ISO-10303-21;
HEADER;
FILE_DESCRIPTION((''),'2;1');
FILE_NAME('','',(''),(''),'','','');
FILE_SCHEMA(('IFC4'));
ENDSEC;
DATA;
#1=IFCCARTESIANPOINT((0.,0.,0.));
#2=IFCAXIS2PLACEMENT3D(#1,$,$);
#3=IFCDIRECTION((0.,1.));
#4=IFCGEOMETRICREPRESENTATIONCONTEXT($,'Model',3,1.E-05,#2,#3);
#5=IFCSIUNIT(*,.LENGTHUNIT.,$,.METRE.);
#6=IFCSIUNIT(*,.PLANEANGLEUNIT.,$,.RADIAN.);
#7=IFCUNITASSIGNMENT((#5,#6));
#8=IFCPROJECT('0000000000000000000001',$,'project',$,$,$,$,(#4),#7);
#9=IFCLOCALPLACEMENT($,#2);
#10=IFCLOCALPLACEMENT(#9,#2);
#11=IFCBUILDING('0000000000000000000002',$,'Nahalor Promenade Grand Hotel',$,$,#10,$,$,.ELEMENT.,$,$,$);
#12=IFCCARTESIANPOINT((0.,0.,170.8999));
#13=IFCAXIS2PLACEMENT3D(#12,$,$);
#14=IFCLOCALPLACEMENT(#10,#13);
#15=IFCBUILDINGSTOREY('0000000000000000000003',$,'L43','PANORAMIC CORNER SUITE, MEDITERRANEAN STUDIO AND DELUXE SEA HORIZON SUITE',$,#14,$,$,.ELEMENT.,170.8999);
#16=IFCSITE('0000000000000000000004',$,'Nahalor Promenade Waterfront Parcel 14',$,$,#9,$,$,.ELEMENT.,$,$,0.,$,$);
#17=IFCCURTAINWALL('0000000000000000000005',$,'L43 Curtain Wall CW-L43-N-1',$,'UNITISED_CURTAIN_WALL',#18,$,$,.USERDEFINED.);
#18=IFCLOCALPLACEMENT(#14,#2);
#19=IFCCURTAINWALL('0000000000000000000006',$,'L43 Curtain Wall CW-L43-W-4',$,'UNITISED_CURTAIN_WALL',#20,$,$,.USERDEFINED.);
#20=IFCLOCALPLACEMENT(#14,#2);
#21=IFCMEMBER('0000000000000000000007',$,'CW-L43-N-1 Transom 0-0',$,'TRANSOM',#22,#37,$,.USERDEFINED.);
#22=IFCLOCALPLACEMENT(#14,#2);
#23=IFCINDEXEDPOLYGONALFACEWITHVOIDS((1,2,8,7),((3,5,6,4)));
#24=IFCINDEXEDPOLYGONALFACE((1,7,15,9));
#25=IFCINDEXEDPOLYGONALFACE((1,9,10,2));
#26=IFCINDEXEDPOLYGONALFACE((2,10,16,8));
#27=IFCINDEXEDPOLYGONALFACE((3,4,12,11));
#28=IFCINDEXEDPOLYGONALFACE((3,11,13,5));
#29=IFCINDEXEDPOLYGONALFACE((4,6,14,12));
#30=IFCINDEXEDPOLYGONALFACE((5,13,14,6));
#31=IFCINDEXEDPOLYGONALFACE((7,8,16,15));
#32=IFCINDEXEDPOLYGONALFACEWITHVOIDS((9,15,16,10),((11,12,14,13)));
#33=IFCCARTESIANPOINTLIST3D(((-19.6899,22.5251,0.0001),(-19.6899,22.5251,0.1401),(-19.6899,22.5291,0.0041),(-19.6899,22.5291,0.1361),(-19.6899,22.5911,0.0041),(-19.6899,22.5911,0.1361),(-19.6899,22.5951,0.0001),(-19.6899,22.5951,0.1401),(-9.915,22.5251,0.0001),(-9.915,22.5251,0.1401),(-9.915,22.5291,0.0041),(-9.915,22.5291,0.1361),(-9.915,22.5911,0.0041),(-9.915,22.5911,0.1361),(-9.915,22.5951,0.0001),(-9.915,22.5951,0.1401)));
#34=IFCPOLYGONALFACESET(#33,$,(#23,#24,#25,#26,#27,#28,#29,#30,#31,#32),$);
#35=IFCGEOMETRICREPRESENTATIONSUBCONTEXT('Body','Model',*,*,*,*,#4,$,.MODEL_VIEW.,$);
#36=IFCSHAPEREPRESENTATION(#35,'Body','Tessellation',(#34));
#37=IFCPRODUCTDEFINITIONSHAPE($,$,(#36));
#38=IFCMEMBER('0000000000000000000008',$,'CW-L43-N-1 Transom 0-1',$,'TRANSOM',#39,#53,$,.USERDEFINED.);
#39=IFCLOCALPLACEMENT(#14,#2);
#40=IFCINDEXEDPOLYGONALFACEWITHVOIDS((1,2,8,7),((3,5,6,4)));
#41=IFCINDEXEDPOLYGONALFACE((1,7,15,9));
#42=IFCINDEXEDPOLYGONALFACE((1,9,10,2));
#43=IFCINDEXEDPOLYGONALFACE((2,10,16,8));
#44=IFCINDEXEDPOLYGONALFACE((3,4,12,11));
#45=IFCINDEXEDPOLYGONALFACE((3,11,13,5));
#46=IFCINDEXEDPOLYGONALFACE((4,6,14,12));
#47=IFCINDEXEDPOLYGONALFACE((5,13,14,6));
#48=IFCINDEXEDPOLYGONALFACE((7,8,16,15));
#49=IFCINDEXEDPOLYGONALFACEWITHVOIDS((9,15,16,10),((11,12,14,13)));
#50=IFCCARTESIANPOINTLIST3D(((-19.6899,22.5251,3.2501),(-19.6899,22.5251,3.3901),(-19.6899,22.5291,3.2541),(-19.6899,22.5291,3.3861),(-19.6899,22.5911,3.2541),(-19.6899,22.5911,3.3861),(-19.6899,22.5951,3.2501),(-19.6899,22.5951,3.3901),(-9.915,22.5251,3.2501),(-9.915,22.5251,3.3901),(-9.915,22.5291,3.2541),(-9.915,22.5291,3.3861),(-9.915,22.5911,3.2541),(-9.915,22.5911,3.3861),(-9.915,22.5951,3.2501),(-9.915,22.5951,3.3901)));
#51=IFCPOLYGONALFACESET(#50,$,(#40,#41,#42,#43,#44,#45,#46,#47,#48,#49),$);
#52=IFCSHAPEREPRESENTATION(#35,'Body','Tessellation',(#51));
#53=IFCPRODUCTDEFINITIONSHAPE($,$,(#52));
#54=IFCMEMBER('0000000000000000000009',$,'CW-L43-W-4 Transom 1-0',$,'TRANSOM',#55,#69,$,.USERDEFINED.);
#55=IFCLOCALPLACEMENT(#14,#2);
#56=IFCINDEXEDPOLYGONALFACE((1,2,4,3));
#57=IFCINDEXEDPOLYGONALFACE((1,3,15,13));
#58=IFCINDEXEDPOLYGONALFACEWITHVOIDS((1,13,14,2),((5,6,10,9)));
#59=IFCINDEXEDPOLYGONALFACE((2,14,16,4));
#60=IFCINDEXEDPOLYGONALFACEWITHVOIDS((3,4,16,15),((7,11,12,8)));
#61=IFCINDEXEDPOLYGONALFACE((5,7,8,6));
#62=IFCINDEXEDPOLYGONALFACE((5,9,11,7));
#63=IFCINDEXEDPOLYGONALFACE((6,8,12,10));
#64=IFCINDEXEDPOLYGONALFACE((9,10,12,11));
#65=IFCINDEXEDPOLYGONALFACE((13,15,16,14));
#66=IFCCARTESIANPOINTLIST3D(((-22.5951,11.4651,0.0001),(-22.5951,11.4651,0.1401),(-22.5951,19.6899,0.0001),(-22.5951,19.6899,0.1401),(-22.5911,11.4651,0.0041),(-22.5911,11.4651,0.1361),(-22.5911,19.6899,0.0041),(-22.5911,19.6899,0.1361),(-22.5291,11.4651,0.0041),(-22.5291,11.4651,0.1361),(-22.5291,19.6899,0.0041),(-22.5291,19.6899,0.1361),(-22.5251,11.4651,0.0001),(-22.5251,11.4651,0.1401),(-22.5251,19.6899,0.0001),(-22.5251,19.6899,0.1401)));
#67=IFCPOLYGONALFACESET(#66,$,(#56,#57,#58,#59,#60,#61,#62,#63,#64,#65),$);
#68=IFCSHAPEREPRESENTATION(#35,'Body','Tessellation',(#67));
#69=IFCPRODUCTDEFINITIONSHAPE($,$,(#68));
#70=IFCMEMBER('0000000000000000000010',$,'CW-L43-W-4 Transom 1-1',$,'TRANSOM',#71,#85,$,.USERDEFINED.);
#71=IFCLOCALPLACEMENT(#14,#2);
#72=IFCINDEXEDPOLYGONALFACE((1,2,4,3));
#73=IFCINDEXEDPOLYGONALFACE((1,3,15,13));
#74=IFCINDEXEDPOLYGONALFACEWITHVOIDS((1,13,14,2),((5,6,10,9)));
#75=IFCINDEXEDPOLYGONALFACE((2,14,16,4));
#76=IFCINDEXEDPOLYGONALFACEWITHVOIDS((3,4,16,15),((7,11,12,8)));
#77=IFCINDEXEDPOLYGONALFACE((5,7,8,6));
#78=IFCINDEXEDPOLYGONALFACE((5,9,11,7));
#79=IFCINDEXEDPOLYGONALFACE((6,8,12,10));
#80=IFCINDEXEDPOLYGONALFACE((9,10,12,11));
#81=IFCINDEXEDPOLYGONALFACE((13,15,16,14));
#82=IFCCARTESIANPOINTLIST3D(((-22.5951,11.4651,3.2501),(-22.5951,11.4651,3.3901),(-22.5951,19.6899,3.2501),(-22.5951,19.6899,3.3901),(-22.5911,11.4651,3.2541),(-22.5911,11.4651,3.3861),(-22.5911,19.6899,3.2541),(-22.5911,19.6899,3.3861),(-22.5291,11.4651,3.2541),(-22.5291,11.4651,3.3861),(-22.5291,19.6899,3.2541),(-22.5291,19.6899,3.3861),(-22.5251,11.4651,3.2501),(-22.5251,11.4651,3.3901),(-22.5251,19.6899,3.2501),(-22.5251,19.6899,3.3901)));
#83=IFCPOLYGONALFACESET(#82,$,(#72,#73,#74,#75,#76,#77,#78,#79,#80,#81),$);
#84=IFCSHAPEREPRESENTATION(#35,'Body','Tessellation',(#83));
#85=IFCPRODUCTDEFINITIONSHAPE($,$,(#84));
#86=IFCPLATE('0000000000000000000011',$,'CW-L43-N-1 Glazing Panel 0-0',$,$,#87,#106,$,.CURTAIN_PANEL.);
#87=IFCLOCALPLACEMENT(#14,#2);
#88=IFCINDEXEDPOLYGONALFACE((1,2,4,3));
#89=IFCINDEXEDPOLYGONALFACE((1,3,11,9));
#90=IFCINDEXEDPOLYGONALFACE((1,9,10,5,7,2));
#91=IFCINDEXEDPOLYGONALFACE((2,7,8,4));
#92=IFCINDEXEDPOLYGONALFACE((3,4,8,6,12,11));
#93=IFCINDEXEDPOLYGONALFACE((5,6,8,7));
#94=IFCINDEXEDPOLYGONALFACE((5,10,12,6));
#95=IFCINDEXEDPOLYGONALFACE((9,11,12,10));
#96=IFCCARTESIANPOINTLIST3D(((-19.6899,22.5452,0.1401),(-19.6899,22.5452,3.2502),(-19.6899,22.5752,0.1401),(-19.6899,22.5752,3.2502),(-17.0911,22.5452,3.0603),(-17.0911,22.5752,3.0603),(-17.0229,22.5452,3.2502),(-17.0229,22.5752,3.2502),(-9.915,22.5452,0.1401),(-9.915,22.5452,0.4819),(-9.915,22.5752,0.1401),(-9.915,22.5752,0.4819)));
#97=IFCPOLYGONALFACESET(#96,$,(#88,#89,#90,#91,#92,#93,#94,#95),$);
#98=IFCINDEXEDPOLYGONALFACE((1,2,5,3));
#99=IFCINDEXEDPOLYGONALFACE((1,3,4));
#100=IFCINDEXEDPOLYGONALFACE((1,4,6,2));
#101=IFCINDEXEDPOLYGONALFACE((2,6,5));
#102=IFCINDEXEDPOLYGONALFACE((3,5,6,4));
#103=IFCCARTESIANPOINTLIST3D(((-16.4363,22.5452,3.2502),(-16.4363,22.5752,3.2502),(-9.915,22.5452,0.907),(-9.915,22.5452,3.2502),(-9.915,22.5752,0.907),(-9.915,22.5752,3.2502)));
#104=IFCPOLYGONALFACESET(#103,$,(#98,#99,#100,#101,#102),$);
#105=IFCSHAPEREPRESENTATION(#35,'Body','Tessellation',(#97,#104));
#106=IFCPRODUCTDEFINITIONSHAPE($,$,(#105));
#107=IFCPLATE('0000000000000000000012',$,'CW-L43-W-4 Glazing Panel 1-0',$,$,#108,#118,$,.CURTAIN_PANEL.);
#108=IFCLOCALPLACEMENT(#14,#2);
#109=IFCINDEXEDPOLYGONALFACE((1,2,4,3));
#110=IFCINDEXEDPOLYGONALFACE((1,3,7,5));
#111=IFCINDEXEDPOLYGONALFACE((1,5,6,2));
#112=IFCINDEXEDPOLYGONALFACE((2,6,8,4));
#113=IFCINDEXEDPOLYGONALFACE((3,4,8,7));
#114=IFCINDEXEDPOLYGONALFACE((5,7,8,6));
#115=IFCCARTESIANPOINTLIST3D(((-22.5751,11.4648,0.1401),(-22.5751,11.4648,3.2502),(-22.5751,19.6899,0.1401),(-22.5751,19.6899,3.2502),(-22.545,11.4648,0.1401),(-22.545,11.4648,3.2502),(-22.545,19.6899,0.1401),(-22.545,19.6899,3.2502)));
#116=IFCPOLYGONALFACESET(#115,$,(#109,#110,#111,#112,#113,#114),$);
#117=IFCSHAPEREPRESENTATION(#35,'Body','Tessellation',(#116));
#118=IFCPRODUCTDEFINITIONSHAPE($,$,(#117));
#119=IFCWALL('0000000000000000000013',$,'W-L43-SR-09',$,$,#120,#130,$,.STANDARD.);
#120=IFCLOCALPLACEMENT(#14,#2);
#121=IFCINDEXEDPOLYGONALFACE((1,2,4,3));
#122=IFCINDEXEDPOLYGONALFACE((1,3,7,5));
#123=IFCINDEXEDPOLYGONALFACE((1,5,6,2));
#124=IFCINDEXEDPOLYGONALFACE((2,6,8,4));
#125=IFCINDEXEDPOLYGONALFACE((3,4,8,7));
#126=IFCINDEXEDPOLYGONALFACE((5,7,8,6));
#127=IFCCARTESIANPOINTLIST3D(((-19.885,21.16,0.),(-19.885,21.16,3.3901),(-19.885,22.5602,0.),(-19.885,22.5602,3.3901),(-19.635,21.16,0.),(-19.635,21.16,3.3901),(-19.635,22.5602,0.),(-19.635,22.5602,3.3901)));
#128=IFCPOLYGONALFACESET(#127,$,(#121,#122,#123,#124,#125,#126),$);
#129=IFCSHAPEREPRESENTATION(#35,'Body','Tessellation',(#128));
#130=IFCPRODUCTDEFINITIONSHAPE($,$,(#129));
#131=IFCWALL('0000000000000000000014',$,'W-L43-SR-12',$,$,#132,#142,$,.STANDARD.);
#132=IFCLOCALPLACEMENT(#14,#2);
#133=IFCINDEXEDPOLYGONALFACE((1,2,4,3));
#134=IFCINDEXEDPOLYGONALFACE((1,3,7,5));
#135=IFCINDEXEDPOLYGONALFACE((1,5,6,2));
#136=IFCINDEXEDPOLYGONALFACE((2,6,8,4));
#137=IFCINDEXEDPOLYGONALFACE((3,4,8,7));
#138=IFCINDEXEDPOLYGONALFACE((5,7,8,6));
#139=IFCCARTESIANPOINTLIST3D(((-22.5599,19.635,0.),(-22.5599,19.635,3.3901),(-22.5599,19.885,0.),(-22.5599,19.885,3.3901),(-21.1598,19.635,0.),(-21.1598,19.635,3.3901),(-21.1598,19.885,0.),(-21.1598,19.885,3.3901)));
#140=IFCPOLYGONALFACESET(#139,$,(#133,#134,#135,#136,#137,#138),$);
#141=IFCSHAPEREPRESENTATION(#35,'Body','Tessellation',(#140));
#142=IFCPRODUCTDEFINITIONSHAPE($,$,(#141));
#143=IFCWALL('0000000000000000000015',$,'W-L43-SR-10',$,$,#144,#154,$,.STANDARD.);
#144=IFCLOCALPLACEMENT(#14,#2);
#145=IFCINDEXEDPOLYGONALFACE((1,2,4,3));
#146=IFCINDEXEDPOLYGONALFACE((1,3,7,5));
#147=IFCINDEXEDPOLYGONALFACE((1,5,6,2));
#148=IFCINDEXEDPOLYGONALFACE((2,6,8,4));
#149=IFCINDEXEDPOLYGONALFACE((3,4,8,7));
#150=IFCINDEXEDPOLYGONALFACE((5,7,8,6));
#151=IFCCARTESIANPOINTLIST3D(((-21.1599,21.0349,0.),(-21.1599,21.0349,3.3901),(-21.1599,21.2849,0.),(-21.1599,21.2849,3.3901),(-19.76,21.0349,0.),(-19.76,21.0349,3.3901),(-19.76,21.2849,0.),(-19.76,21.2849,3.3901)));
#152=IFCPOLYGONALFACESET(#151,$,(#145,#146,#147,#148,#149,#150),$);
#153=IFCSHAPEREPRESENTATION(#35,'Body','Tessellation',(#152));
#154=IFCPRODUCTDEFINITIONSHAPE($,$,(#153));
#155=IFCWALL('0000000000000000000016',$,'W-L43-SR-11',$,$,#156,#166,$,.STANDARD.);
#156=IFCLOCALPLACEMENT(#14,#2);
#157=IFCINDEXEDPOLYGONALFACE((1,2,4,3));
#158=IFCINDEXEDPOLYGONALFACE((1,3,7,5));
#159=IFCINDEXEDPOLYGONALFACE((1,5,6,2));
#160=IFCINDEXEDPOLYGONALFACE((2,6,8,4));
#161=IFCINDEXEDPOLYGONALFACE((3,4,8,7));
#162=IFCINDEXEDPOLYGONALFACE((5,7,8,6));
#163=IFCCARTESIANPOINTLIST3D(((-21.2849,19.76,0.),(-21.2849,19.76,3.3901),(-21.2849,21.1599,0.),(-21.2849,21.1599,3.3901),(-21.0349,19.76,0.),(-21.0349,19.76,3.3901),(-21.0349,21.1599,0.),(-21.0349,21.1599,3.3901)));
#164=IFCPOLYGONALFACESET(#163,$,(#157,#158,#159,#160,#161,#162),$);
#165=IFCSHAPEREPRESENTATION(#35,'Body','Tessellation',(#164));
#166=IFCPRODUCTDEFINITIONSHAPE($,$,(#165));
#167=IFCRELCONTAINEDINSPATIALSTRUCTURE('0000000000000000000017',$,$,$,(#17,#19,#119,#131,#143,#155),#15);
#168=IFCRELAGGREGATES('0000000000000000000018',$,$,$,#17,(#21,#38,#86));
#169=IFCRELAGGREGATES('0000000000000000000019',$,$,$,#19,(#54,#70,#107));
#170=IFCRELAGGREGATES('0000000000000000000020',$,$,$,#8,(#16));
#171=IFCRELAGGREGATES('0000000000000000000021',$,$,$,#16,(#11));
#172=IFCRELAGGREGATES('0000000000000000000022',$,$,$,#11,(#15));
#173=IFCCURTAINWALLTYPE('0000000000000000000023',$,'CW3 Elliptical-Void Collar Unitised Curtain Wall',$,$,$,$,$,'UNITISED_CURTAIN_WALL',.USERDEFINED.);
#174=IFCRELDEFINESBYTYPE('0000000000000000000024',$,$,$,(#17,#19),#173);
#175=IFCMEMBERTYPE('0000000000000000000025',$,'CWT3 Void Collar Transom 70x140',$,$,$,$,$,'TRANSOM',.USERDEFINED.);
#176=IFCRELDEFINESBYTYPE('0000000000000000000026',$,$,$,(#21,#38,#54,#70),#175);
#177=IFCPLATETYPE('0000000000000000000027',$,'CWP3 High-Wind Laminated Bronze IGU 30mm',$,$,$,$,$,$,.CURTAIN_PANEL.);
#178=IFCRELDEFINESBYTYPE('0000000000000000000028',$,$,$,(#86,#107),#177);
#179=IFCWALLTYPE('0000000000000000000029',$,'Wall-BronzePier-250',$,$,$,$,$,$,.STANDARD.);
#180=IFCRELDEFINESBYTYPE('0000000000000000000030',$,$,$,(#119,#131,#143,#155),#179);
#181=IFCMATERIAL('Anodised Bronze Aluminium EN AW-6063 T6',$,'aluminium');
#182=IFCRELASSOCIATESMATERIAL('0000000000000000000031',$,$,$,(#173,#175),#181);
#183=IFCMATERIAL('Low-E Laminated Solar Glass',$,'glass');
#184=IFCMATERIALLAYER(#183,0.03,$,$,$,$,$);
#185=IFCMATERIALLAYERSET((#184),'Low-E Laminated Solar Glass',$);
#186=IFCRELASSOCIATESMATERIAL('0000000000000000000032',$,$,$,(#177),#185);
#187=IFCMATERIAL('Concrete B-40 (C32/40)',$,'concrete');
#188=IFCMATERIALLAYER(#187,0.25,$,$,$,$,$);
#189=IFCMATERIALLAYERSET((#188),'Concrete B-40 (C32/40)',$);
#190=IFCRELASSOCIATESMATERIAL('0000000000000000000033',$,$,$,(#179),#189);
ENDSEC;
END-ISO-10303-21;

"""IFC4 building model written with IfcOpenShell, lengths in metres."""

from ifc_helpers import new_model, si_unit, direction, frame, frame_2d, origin, origin_2d, place, context, subcontext, project, spatial, polyline, rectangle, hollow_rectangle, outline, extrude, source, transform, mapped, material, layer, layer_set, material_profile, profile_set, type_object, element, aggregate, save


model = new_model("IFC4")

# Units and contexts
model_context = context("Model", 3, precision=1e-05, world=origin(), true_north=direction((0.0, 1.0)))
body_context = subcontext(model_context, "Body", "Model", "MODEL_VIEW")
ifc_project = project(units=[si_unit("LENGTHUNIT", "METRE"), si_unit("PLANEANGLEUNIT", "RADIAN")], contexts=[model_context])

# Site, building, storey
site_placement = place(None, origin())
site = spatial("IfcSite", under=ifc_project, at=site_placement, Name="Nahalor Promenade Waterfront Parcel 14", CompositionType="ELEMENT", RefElevation=0.0)
building_placement = place(site_placement, origin())
building = spatial("IfcBuilding", under=site, at=building_placement, Name="Nahalor Promenade Grand Hotel", CompositionType="ELEMENT")
storey_placement = place(building_placement, frame((0.0, 0.0, 170.8999)))
storey = spatial("IfcBuildingStorey", under=building, at=storey_placement, Name="L43", Description="PANORAMIC CORNER SUITE, MEDITERRANEAN STUDIO AND DELUXE SEA HORIZON SUITE", CompositionType="ELEMENT", Elevation=170.8999)

# Curtain wall
ifc_material_1 = material(Name="Anodised Bronze Aluminium EN AW-6063 T6", Category="aluminium")
curtain_wall_type = type_object("IfcCurtainWallType", Name="CW3 Elliptical-Void Collar Unitised Curtain Wall", ElementType="UNITISED_CURTAIN_WALL", PredefinedType="USERDEFINED", material=ifc_material_1)
curtain_wall_1_placement = place(storey_placement, origin())
curtain_wall_1 = element("IfcCurtainWall", 1, at=curtain_wall_1_placement, inside=storey, type_object=curtain_wall_type, Name="L43 Curtain Wall CW-L43-N-1", ObjectType="UNITISED_CURTAIN_WALL", PredefinedType="USERDEFINED")

# Curtain wall
curtain_wall_2_placement = place(storey_placement, origin())
curtain_wall_2 = element("IfcCurtainWall", 2, at=curtain_wall_2_placement, inside=storey, type_object=curtain_wall_type, Name="L43 Curtain Wall CW-L43-W-4", ObjectType="UNITISED_CURTAIN_WALL", PredefinedType="USERDEFINED")

# Members
ifc_material_profile_1 = material_profile(ifc_material_1, hollow_rectangle(XDim=0.07, YDim=0.14, WallThickness=0.004, at=origin_2d()), Name="CWT 70x140x4")
ifc_profile_set_1 = profile_set([ifc_material_profile_1], Name="Anodised Bronze Aluminium EN AW-6063 T6")
member_type_1 = type_object("IfcMemberType", Name="CWT3 Void Collar Transom 70x140", ElementType="TRANSOM", PredefinedType="USERDEFINED", material=ifc_profile_set_1)
shared_shape_1 = source(origin(), body_context, "Body", "SweptSolid", [
    extrude(hollow_rectangle(XDim=0.07, YDim=0.14, WallThickness=0.004, at=origin_2d()), origin(), (0.0, 0.0, 1.0), 9.7749),
])
member_1_placement = place(storey_placement, frame((-19.6899, 22.5601, 0.0701), z_axis=(1.0, 0.0, 0.0), x_axis=(0.0, 1.0, 0.0)))
member_1 = element("IfcMember", 3, at=member_1_placement, type_object=member_type_1, Name="CW-L43-N-1 Transom 0-0", ObjectType="TRANSOM", PredefinedType="USERDEFINED", context=body_context, shape_type="MappedRepresentation", body=[
    mapped(shared_shape_1, transform((0.0, 0.0, 0.0), scale=1.0)),
])
member_2_placement = place(storey_placement, frame((-19.6899, 22.5601, 3.3201), z_axis=(1.0, 0.0, 0.0), x_axis=(0.0, 1.0, 0.0)))
member_2 = element("IfcMember", 4, at=member_2_placement, type_object=member_type_1, Name="CW-L43-N-1 Transom 0-1", ObjectType="TRANSOM", PredefinedType="USERDEFINED", context=body_context, shape_type="MappedRepresentation", body=[
    mapped(shared_shape_1, transform((0.0, 0.0, 0.0), scale=1.0)),
])
shared_shape_2 = source(origin(), body_context, "Body", "SweptSolid", [
    extrude(hollow_rectangle(XDim=0.07, YDim=0.14, WallThickness=0.004, at=origin_2d()), origin(), (0.0, 0.0, 1.0), 8.2249),
])
member_3_placement = place(storey_placement, frame((-22.5601, 11.4651, 0.0701), z_axis=(0.0, 1.0, 0.0), x_axis=(-1.0, 0.0, 0.0)))
member_3 = element("IfcMember", 5, at=member_3_placement, type_object=member_type_1, Name="CW-L43-W-4 Transom 1-0", ObjectType="TRANSOM", PredefinedType="USERDEFINED", context=body_context, shape_type="MappedRepresentation", body=[
    mapped(shared_shape_2, transform((0.0, 0.0, 0.0), scale=1.0)),
])
member_4_placement = place(storey_placement, frame((-22.5601, 11.4651, 3.3201), z_axis=(0.0, 1.0, 0.0), x_axis=(-1.0, 0.0, 0.0)))
member_4 = element("IfcMember", 6, at=member_4_placement, type_object=member_type_1, Name="CW-L43-W-4 Transom 1-1", ObjectType="TRANSOM", PredefinedType="USERDEFINED", context=body_context, shape_type="MappedRepresentation", body=[
    mapped(shared_shape_2, transform((0.0, 0.0, 0.0), scale=1.0)),
])

# Plates
ifc_material_2 = material(Name="Low-E Laminated Solar Glass", Category="glass")
ifc_layer_1 = layer(ifc_material_2, 0.03)
ifc_layer_set_1 = layer_set([ifc_layer_1], Name="Low-E Laminated Solar Glass")
plate_type = type_object("IfcPlateType", Name="CWP3 High-Wind Laminated Bronze IGU 30mm", PredefinedType="CURTAIN_PANEL", material=ifc_layer_set_1)
plate_1_placement = place(storey_placement, frame((-14.8025, 22.5601, 0.1401), z_axis=(0.0, 0.0, 1.0), x_axis=(1.0, 0.0, 0.0)))
plate_1 = element("IfcPlate", 7, at=plate_1_placement, type_object=plate_type, Name="CW-L43-N-1 Glazing Panel 0-0", PredefinedType="CURTAIN_PANEL", context=body_context, shape_type="SweptSolid", body=[
    extrude(outline(polyline([(-4.8875, 0.0), (4.8875, 0.0), (4.8875, 0.3418), (-2.2886, 2.9202), (-2.2205, 3.1101), (-4.8875, 3.1101), (-4.8875, 0.0)])), frame((0.0, 0.0151, 0.0), z_axis=(0.0, -1.0, 0.0), x_axis=(1.0, 0.0, 0.0)), (0.0, 0.0, 1.0), 0.03),
    extrude(outline(polyline([(4.8875, 0.7668), (4.8875, 3.1101), (-1.6338, 3.1101), (4.8875, 0.7668)])), frame((0.0, 0.0151, 0.0), z_axis=(0.0, -1.0, 0.0), x_axis=(1.0, 0.0, 0.0)), (0.0, 0.0, 1.0), 0.03),
])
aggregate(curtain_wall_1, [member_1, member_2, plate_1])
shared_shape_3 = source(origin(), body_context, "Body", "SweptSolid", [
    extrude(rectangle(XDim=8.2251, YDim=0.03, at=origin_2d()), origin(), (0.0, 0.0, 1.0), 3.1101),
])
plate_2_placement = place(storey_placement, frame((-22.5601, 15.5774, 0.1401), z_axis=(0.0, 0.0, 1.0), x_axis=(0.0, 1.0, 0.0)))
plate_2 = element("IfcPlate", 8, at=plate_2_placement, type_object=plate_type, Name="CW-L43-W-4 Glazing Panel 1-0", PredefinedType="CURTAIN_PANEL", context=body_context, shape_type="MappedRepresentation", body=[
    mapped(shared_shape_3, transform((0.0, 0.0, 0.0), scale=1.0)),
])
aggregate(curtain_wall_2, [member_3, member_4, plate_2])

# Walls
ifc_material_3 = material(Name="Concrete B-40 (C32/40)", Category="concrete")
ifc_layer_2 = layer(ifc_material_3, 0.25)
ifc_layer_set_2 = layer_set([ifc_layer_2], Name="Concrete B-40 (C32/40)")
wall_type = type_object("IfcWallType", Name="Wall-BronzePier-250", PredefinedType="STANDARD", material=ifc_layer_set_2)
shared_shape_4 = source(origin(), body_context, "Body", "SweptSolid", [
    extrude(rectangle(XDim=1.4001, YDim=0.25, at=frame_2d((0.7002, 0.0))), origin(), (0.0, 0.0, 1.0), 3.3901),
])
for number, where, z_axis, x_axis, name in (
    (9, (-19.76, 21.1599, 0.0), (0.0, 0.0, 1.0), (0.0, 1.0, 0.0), "W-L43-SR-09"),
    (10, (-22.5601, 19.76, 0.0), (0.0, 0.0, 1.0), (1.0, 0.0, 0.0), "W-L43-SR-12"),
):
    element("IfcWall", number, at=place(storey_placement, frame(where, z_axis=z_axis, x_axis=x_axis)), inside=storey, type_object=wall_type, Name=name, PredefinedType="STANDARD", context=body_context, shape_type="MappedRepresentation", body=[
        mapped(shared_shape_4, transform((0.0, 0.0, 0.0), scale=1.0)),
    ])
shared_shape_5 = source(origin(), body_context, "Body", "SweptSolid", [
    extrude(rectangle(XDim=1.3999, YDim=0.25, at=frame_2d((0.7, 0.0))), origin(), (0.0, 0.0, 1.0), 3.3901),
])
for number, where, z_axis, x_axis, name in (
    (11, (-21.1599, 21.1599, 0.0), (0.0, 0.0, 1.0), (1.0, 0.0, 0.0), "W-L43-SR-10"),
    (12, (-21.1599, 19.76, 0.0), (0.0, 0.0, 1.0), (0.0, 1.0, 0.0), "W-L43-SR-11"),
):
    element("IfcWall", number, at=place(storey_placement, frame(where, z_axis=z_axis, x_axis=x_axis)), inside=storey, type_object=wall_type, Name=name, PredefinedType="STANDARD", context=body_context, shape_type="MappedRepresentation", body=[
        mapped(shared_shape_5, transform((0.0, 0.0, 0.0), scale=1.0)),
    ])

save(model, "model.ifc")
